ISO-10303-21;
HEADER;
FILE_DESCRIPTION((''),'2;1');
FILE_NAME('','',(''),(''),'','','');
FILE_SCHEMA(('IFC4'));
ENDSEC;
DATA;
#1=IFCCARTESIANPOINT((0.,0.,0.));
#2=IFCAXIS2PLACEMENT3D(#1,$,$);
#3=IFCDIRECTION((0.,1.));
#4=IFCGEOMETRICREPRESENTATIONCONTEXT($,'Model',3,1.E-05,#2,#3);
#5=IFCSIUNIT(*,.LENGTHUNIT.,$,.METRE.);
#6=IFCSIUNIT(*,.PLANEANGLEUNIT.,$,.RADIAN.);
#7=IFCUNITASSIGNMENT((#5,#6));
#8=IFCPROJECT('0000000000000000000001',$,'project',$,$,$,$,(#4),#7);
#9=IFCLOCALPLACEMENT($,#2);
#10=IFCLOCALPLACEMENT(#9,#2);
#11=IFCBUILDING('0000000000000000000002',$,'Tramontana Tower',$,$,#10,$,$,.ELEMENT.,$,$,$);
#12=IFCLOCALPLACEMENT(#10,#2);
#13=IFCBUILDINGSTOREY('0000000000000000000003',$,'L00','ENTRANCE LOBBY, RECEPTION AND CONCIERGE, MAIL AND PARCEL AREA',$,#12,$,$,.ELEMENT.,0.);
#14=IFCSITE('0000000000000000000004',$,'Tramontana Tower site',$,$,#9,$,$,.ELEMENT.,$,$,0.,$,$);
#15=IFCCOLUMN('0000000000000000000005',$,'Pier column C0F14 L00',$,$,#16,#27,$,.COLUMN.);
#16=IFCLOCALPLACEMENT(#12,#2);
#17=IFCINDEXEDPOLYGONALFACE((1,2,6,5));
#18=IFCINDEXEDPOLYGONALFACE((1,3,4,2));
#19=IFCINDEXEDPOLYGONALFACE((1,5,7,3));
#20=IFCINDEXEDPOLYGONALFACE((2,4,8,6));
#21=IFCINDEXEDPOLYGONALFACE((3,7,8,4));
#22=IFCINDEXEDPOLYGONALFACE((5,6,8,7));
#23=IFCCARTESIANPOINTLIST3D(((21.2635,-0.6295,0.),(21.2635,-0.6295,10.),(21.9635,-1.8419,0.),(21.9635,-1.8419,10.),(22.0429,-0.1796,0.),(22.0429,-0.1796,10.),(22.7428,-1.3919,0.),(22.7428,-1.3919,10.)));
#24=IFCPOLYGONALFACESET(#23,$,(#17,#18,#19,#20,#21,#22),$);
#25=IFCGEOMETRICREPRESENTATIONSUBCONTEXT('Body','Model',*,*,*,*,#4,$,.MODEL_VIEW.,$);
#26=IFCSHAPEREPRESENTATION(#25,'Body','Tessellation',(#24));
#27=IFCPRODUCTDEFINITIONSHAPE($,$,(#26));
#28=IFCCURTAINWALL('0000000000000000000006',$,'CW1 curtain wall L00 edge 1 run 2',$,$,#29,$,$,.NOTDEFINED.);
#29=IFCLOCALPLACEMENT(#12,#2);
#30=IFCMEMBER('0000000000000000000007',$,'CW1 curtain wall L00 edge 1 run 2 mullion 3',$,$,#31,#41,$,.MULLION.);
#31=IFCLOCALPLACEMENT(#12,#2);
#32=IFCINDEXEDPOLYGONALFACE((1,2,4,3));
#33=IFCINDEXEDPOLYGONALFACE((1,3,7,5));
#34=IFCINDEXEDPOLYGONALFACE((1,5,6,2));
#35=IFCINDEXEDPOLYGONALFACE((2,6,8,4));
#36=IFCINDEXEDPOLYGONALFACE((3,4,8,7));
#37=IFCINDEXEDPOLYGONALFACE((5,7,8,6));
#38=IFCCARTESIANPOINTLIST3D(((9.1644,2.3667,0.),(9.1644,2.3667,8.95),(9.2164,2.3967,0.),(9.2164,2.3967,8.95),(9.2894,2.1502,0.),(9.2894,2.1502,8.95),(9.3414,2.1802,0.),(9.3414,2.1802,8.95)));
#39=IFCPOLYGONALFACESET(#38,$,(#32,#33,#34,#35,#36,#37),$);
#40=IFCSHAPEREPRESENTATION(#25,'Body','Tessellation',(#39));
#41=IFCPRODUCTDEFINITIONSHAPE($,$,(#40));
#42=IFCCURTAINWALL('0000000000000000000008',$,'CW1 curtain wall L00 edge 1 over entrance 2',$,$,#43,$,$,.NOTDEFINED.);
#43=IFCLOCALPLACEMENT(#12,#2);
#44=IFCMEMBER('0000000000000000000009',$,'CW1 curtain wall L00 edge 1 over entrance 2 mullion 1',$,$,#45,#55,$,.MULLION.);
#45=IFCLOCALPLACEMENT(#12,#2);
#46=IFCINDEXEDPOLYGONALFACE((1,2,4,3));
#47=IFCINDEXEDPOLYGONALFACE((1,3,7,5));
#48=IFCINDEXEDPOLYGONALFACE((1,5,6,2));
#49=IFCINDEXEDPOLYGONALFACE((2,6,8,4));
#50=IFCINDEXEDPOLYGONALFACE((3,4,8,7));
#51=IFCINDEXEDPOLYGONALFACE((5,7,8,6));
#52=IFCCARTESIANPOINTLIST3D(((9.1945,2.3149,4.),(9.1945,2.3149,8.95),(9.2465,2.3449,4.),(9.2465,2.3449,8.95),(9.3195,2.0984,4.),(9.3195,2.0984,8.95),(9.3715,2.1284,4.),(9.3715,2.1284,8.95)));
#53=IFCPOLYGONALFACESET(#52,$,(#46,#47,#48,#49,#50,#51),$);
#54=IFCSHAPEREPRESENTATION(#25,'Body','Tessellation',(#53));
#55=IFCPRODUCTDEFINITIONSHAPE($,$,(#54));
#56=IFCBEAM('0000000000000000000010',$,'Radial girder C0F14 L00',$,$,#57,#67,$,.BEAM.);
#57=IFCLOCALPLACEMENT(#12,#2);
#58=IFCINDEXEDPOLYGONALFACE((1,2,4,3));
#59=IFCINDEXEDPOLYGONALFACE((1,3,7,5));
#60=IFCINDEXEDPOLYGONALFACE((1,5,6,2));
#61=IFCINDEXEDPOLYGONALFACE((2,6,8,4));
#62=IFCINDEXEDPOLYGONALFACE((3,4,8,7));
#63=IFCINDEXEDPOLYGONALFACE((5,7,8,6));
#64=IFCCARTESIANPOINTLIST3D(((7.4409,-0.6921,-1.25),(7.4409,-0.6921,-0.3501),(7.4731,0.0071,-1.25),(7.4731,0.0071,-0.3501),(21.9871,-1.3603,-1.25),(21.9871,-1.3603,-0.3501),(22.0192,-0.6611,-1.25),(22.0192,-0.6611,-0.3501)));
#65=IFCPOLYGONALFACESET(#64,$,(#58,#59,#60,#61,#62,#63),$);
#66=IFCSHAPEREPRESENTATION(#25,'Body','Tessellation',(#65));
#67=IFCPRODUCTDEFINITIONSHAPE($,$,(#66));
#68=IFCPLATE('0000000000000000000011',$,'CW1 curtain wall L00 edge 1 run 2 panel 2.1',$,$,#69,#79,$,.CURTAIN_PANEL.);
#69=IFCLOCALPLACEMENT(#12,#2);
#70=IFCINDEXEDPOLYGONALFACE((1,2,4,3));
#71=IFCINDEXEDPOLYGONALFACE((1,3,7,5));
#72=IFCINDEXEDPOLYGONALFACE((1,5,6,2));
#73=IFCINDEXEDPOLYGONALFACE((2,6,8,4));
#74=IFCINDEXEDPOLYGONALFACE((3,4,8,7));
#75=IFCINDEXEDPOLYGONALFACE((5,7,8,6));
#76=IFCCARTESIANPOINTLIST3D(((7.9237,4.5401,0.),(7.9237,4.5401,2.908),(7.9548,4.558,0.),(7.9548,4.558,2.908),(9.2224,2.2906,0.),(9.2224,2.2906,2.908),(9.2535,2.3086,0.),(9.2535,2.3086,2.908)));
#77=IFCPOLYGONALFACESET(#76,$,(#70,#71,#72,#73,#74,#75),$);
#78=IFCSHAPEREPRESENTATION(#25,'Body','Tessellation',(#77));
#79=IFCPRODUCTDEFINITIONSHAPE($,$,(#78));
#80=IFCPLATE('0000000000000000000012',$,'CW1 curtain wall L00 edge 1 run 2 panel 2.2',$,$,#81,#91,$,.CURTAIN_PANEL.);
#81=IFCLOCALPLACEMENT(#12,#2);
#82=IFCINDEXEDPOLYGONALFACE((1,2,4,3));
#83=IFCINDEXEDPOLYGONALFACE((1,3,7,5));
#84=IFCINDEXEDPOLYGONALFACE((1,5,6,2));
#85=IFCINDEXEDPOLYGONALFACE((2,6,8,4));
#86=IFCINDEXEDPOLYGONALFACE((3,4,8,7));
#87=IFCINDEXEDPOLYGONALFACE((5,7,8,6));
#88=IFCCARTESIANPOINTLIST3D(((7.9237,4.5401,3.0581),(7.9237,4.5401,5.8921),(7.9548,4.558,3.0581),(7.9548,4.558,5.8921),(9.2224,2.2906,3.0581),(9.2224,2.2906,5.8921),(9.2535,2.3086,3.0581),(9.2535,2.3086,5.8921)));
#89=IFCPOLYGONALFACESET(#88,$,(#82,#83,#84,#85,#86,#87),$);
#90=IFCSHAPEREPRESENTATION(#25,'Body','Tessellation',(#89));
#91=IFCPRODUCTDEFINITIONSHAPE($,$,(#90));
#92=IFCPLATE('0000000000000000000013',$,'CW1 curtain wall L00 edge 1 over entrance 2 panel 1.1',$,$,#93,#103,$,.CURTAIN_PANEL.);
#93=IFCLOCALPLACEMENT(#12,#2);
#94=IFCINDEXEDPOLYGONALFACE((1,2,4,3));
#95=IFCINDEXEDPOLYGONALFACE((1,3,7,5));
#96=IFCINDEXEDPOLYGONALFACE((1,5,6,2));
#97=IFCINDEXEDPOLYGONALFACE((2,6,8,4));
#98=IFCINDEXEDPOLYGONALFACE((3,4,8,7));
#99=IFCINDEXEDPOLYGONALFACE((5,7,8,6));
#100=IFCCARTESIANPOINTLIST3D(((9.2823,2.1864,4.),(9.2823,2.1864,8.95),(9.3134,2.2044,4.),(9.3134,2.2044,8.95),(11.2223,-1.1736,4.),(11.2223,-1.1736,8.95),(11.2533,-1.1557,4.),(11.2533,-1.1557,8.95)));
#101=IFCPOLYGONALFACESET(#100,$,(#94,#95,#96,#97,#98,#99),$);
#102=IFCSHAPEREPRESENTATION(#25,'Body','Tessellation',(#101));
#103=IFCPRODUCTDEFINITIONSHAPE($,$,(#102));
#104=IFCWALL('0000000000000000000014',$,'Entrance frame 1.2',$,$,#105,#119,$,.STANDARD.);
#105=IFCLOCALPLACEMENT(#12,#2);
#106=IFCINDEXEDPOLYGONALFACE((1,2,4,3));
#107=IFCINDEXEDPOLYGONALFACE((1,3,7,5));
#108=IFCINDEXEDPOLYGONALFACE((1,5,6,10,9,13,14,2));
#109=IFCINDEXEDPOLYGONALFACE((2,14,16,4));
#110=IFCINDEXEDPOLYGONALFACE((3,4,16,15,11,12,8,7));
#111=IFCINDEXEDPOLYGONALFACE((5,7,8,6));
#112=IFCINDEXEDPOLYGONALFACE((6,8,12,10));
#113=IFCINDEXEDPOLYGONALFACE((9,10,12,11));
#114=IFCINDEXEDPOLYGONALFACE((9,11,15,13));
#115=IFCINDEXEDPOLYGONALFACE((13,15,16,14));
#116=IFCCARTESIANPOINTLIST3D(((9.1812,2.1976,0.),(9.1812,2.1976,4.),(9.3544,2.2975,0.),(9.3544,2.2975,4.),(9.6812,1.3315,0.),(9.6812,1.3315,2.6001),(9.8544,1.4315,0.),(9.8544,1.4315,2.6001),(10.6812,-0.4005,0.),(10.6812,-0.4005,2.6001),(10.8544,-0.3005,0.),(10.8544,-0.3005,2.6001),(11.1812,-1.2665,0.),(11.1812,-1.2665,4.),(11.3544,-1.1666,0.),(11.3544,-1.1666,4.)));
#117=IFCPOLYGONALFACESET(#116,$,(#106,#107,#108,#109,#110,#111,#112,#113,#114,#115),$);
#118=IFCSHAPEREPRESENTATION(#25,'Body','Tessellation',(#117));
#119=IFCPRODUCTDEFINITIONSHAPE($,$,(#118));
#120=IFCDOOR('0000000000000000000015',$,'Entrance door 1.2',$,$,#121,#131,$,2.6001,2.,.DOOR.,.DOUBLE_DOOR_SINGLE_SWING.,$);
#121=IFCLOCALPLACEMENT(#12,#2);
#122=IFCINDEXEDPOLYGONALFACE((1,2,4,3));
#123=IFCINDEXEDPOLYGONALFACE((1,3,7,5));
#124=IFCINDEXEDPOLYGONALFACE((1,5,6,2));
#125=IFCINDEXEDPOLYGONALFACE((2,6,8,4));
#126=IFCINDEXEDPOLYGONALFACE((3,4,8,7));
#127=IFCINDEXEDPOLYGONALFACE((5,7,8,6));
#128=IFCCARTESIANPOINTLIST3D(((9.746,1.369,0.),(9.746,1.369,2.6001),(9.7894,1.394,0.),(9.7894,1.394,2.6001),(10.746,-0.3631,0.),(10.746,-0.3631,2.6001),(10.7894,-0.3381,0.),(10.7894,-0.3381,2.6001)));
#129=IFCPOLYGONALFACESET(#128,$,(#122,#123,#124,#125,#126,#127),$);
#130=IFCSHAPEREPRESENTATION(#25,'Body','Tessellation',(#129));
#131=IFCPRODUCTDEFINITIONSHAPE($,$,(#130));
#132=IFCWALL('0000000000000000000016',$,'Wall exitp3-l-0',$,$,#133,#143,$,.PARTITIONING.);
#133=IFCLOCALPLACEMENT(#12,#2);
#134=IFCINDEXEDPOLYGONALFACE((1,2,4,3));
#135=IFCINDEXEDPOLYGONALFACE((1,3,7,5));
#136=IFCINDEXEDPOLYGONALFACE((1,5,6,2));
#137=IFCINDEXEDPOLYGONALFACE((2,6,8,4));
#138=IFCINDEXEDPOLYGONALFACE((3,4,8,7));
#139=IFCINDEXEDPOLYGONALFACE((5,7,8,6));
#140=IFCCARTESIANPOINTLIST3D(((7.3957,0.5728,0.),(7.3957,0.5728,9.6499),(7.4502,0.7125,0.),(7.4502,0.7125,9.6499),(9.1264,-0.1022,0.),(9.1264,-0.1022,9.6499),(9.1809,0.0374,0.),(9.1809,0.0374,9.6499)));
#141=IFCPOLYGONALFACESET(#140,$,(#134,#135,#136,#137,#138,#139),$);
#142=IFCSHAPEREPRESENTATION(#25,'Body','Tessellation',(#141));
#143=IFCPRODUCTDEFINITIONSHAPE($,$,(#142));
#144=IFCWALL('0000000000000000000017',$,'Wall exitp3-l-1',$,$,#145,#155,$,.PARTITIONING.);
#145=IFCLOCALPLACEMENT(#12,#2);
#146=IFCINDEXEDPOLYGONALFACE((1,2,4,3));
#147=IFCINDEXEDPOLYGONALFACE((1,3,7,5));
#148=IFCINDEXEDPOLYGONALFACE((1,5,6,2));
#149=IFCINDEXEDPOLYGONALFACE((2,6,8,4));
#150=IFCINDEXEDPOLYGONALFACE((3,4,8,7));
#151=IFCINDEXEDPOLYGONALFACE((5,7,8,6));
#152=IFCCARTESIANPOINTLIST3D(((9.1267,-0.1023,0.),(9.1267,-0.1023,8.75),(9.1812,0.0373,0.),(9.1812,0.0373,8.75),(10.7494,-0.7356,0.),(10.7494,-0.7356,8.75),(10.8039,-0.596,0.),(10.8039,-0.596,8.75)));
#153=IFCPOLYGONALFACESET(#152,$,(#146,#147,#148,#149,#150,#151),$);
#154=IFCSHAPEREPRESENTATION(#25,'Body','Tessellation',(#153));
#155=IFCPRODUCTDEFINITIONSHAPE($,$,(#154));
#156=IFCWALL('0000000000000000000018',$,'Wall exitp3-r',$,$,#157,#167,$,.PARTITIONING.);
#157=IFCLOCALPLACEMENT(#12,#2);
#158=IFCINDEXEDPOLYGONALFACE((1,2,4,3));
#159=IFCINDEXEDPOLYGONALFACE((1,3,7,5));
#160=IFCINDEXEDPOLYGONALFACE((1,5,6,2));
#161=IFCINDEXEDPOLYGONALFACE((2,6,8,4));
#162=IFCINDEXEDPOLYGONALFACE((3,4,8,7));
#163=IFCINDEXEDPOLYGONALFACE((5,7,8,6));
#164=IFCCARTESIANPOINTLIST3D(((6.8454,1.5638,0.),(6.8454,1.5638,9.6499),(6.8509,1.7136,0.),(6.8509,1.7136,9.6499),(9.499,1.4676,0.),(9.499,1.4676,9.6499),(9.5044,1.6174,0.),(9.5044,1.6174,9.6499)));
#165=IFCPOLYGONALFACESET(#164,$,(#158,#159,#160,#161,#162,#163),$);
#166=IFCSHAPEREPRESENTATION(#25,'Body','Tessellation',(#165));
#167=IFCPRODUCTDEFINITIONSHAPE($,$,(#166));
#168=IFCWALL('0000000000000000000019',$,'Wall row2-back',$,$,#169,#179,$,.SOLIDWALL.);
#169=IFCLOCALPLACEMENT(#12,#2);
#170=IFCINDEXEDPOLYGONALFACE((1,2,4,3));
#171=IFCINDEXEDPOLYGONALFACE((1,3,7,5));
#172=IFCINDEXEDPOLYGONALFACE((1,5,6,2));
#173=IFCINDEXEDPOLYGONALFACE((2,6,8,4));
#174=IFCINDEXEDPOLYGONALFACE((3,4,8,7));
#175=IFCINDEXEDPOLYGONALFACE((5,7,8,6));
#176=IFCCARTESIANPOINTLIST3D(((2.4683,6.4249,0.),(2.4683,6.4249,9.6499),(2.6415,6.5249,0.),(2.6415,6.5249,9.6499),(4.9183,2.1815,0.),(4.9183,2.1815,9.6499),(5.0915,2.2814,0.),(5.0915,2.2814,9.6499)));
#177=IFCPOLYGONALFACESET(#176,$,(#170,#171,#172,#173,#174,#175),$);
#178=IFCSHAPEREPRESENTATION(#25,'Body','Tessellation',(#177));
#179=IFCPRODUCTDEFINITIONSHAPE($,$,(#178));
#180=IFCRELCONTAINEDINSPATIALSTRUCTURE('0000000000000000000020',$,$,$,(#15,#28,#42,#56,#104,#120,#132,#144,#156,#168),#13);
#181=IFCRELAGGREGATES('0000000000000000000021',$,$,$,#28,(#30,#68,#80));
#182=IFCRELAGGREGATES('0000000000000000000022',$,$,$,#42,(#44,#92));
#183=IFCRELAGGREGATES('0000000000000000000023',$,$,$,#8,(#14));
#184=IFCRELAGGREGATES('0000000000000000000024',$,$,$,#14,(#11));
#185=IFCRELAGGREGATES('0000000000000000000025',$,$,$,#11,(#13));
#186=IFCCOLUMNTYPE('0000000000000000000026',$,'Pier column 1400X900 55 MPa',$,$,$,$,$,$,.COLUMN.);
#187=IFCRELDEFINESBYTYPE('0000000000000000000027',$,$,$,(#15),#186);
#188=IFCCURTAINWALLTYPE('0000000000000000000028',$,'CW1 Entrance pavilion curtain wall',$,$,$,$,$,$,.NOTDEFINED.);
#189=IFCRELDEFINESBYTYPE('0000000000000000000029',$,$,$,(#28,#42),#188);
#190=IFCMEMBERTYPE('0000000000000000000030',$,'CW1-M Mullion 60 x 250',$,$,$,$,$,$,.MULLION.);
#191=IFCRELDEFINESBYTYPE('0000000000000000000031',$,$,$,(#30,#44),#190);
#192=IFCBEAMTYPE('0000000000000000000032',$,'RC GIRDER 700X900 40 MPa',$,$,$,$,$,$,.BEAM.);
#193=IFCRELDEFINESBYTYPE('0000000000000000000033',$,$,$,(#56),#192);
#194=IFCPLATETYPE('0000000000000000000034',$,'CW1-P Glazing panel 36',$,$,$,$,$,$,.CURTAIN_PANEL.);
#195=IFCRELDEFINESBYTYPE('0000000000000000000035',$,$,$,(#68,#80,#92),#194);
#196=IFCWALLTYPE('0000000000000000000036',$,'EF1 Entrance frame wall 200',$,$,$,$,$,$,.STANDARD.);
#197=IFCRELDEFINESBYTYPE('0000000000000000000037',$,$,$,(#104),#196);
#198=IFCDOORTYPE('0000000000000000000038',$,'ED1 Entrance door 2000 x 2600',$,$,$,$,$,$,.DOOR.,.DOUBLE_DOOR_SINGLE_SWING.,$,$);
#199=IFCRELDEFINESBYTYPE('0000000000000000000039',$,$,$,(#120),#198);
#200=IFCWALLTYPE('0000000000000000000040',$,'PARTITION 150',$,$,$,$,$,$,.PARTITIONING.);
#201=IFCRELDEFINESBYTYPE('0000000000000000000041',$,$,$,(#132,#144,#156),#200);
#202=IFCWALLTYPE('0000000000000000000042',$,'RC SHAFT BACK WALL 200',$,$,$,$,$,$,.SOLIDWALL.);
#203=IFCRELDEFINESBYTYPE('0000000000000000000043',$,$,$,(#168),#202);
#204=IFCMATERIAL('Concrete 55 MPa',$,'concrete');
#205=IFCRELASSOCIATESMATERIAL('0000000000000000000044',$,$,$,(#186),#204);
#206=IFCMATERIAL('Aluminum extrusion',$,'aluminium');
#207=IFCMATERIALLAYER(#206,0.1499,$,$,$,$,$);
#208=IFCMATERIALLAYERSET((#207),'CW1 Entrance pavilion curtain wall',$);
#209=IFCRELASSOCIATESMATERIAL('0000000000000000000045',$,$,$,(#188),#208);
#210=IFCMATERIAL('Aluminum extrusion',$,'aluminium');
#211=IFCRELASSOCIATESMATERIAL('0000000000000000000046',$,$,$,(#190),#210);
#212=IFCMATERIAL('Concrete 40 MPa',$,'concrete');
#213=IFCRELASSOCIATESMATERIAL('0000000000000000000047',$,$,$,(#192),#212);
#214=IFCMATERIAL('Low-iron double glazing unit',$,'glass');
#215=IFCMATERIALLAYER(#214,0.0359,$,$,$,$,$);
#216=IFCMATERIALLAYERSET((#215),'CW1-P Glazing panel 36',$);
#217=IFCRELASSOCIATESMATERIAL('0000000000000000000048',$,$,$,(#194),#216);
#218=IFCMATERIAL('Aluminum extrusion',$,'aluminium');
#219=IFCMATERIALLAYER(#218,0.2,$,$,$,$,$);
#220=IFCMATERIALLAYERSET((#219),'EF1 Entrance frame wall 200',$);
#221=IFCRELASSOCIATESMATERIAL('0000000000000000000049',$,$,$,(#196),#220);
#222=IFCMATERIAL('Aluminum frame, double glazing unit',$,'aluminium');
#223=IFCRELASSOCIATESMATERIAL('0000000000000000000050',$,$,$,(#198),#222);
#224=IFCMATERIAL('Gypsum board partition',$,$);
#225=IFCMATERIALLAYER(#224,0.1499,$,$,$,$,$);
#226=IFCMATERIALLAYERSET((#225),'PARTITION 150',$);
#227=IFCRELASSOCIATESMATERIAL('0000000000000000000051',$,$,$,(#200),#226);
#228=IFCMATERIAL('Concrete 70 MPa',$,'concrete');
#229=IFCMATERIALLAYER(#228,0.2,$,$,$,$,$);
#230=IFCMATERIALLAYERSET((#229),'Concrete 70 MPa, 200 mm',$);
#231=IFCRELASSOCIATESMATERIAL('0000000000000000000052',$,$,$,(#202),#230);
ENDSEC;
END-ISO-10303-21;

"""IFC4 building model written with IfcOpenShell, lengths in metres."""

from ifc_helpers import new_model, si_unit, direction, frame, frame_2d, origin, origin_2d, place, context, subcontext, project, spatial, rectangle, extrude, material, layer, layer_set, material_profile, profile_set, type_object, element, fill, aggregate, save


model = new_model("IFC4")

# Units and contexts
model_context = context("Model", 3, precision=1e-05, world=origin(), true_north=direction((0.0, 1.0)))
body_context = subcontext(model_context, "Body", "Model", "MODEL_VIEW")
ifc_project = project(units=[si_unit("LENGTHUNIT", "METRE"), si_unit("PLANEANGLEUNIT", "RADIAN")], contexts=[model_context])

# Site, building, storey
site_placement = place(None, origin())
site = spatial("IfcSite", under=ifc_project, at=site_placement, Name="Tramontana Tower site", CompositionType="ELEMENT", RefElevation=0.0)
building_placement = place(site_placement, origin())
building = spatial("IfcBuilding", under=site, at=building_placement, Name="Tramontana Tower", CompositionType="ELEMENT")
storey_placement = place(building_placement, origin())
storey = spatial("IfcBuildingStorey", under=building, at=storey_placement, Name="L00", Description="ENTRANCE LOBBY, RECEPTION AND CONCIERGE, MAIL AND PARCEL AREA", CompositionType="ELEMENT", Elevation=0.0)

# Column
ifc_material_1 = material(Name="Concrete 55 MPa", Category="concrete")
ifc_material_profile_1 = material_profile(ifc_material_1, rectangle(XDim=1.3999, YDim=0.8999, at=origin_2d()), Name="Pier column 1400X900 55 MPa")
ifc_profile_set_1 = profile_set([ifc_material_profile_1], Name="Concrete 55 MPa")
column_type = type_object("IfcColumnType", Name="Pier column 1400X900 55 MPa", PredefinedType="COLUMN", material=ifc_profile_set_1)
column_placement = place(storey_placement, frame((22.0032, -1.0107, 0.0), z_axis=(0.0, 0.0, 1.0), x_axis=(-0.5, 0.866025, 0.0)))
element("IfcColumn", 1, at=column_placement, inside=storey, type_object=column_type, Name="Pier column C0F14 L00", PredefinedType="COLUMN", context=body_context, shape_type="SweptSolid", body=[
    extrude(rectangle(XDim=1.3999, YDim=0.8999, at=origin_2d()), origin(), (0.0, 0.0, 1.0), 10.0),
])

# Curtain walls, members
ifc_material_2 = material(Name="Aluminum extrusion", Category="aluminium")
ifc_layer_1 = layer(ifc_material_2, 0.1499)
ifc_layer_set_1 = layer_set([ifc_layer_1], Name="CW1 Entrance pavilion curtain wall")
curtain_wall_type = type_object("IfcCurtainWallType", Name="CW1 Entrance pavilion curtain wall", PredefinedType="NOTDEFINED", material=ifc_layer_set_1)
curtain_wall_1_placement = place(storey_placement, origin())
curtain_wall_1 = element("IfcCurtainWall", 2, at=curtain_wall_1_placement, inside=storey, type_object=curtain_wall_type, Name="CW1 curtain wall L00 edge 1 run 2", PredefinedType="NOTDEFINED")
ifc_material_3 = material(Name="Aluminum extrusion", Category="aluminium")
ifc_material_profile_2 = material_profile(ifc_material_3, rectangle(XDim=0.0601, YDim=0.25, at=origin_2d()), Name="CW1-M Mullion 60 x 250")
ifc_profile_set_2 = profile_set([ifc_material_profile_2], Name="Aluminum extrusion")
member_type = type_object("IfcMemberType", Name="CW1-M Mullion 60 x 250", PredefinedType="MULLION", material=ifc_profile_set_2)
member_1_placement = place(storey_placement, frame((9.2529, 2.2734, 0.0), z_axis=(0.0, 0.0, 1.0), x_axis=(0.866025, 0.5, 0.0)))
member_1 = element("IfcMember", 3, at=member_1_placement, type_object=member_type, Name="CW1 curtain wall L00 edge 1 run 2 mullion 3", PredefinedType="MULLION", context=body_context, shape_type="SweptSolid", body=[
    extrude(rectangle(XDim=0.0601, YDim=0.25, at=origin_2d()), origin(), (0.0, 0.0, 1.0), 8.95),
])
curtain_wall_2_placement = place(storey_placement, origin())
curtain_wall_2 = element("IfcCurtainWall", 4, at=curtain_wall_2_placement, inside=storey, type_object=curtain_wall_type, Name="CW1 curtain wall L00 edge 1 over entrance 2", PredefinedType="NOTDEFINED")
member_2_placement = place(storey_placement, frame((9.283, 2.2217, 4.0), z_axis=(0.0, 0.0, 1.0), x_axis=(0.866025, 0.5, 0.0)))
member_2 = element("IfcMember", 5, at=member_2_placement, type_object=member_type, Name="CW1 curtain wall L00 edge 1 over entrance 2 mullion 1", PredefinedType="MULLION", context=body_context, shape_type="SweptSolid", body=[
    extrude(rectangle(XDim=0.0601, YDim=0.25, at=origin_2d()), origin(), (0.0, 0.0, 1.0), 4.95),
])

# Beam
ifc_material_4 = material(Name="Concrete 40 MPa", Category="concrete")
ifc_material_profile_3 = material_profile(ifc_material_4, rectangle(XDim=0.7, YDim=0.8999, at=origin_2d()), Name="RC GIRDER 700X900 40 MPa")
ifc_profile_set_3 = profile_set([ifc_material_profile_3], Name="Concrete 40 MPa")
beam_type = type_object("IfcBeamType", Name="RC GIRDER 700X900 40 MPa", PredefinedType="BEAM", material=ifc_profile_set_3)
beam_placement = place(storey_placement, frame((22.0032, -1.0107, -0.8), z_axis=(-0.998947, 0.045889, 0.0), x_axis=(-0.045889, -0.998947, 0.0)))
element("IfcBeam", 6, at=beam_placement, inside=storey, type_object=beam_type, Name="Radial girder C0F14 L00", PredefinedType="BEAM", context=body_context, shape_type="SweptSolid", body=[
    extrude(rectangle(XDim=0.7, YDim=0.8999, at=origin_2d()), origin(), (0.0, 0.0, 1.0), 14.5615),
])

# Plates
ifc_material_5 = material(Name="Low-iron double glazing unit", Category="glass")
ifc_layer_2 = layer(ifc_material_5, 0.0359)
ifc_layer_set_2 = layer_set([ifc_layer_2], Name="CW1-P Glazing panel 36")
plate_type = type_object("IfcPlateType", Name="CW1-P Glazing panel 36", PredefinedType="CURTAIN_PANEL", material=ifc_layer_set_2)
plate_1_placement = place(storey_placement, frame((8.5886, 3.4243, 0.0), z_axis=(0.0, 0.0, 1.0), x_axis=(0.5, -0.866025, 0.0)))
plate_1 = element("IfcPlate", 7, at=plate_1_placement, type_object=plate_type, Name="CW1 curtain wall L00 edge 1 run 2 panel 2.1", PredefinedType="CURTAIN_PANEL", context=body_context, shape_type="SweptSolid", body=[
    extrude(rectangle(XDim=2.5974, YDim=0.0359, at=origin_2d()), origin(), (0.0, 0.0, 1.0), 2.908),
])
plate_2_placement = place(storey_placement, frame((8.5886, 3.4243, 3.0581), z_axis=(0.0, 0.0, 1.0), x_axis=(0.5, -0.866025, 0.0)))
plate_2 = element("IfcPlate", 8, at=plate_2_placement, type_object=plate_type, Name="CW1 curtain wall L00 edge 1 run 2 panel 2.2", PredefinedType="CURTAIN_PANEL", context=body_context, shape_type="SweptSolid", body=[
    extrude(rectangle(XDim=2.5974, YDim=0.0359, at=origin_2d()), origin(), (0.0, 0.0, 1.0), 2.834),
])
aggregate(curtain_wall_1, [member_1, plate_1, plate_2])
plate_3_placement = place(storey_placement, frame((10.2678, 0.5154, 4.0), z_axis=(0.0, 0.0, 1.0), x_axis=(0.5, -0.866025, 0.0)))
plate_3 = element("IfcPlate", 9, at=plate_3_placement, type_object=plate_type, Name="CW1 curtain wall L00 edge 1 over entrance 2 panel 1.1", PredefinedType="CURTAIN_PANEL", context=body_context, shape_type="SweptSolid", body=[
    extrude(rectangle(XDim=3.8799, YDim=0.0359, at=origin_2d()), origin(), (0.0, 0.0, 1.0), 4.95),
])
aggregate(curtain_wall_2, [member_2, plate_3])

# Wall, opening, door
ifc_material_6 = material(Name="Aluminum extrusion", Category="aluminium")
ifc_layer_3 = layer(ifc_material_6, 0.2)
ifc_layer_set_3 = layer_set([ifc_layer_3], Name="EF1 Entrance frame wall 200")
wall_type_1 = type_object("IfcWallType", Name="EF1 Entrance frame wall 200", PredefinedType="STANDARD", material=ifc_layer_set_3)
wall_1_placement = place(storey_placement, frame((9.2678, 2.2476, 0.0), z_axis=(0.0, 0.0, 1.0), x_axis=(0.499999, -0.866026, 0.0)))
wall_1 = element("IfcWall", 10, at=wall_1_placement, inside=storey, type_object=wall_type_1, Name="Entrance frame 1.2", PredefinedType="STANDARD", context=body_context, shape_type="SweptSolid", body=[
    extrude(rectangle(XDim=4.0, YDim=0.2, at=frame_2d((2.0, 0.0))), origin(), (0.0, 0.0, 1.0), 4.0),
])
opening_1_placement = place(wall_1_placement, frame((1.0, 0.0, 0.0)))
opening_1 = element("IfcOpeningElement", 11, at=opening_1_placement, cuts=wall_1, PredefinedType="OPENING", context=body_context, shape_type="SweptSolid", body=[
    extrude(rectangle(XDim=2.0, YDim=2.6001, at=frame_2d((1.0, 1.3))), frame((0.0, 0.1099, 0.0), z_axis=(0.0, -1.0, 0.0), x_axis=(1.0, 0.0, 0.0)), (0.0, 0.0, 1.0), 0.22),
])
ifc_material_7 = material(Name="Aluminum frame, double glazing unit", Category="aluminium")
door_type_1 = type_object("IfcDoorType", Name="ED1 Entrance door 2000 x 2600", OperationType="DOUBLE_DOOR_SINGLE_SWING", PredefinedType="DOOR", material=ifc_material_7)
door_1_placement = place(opening_1_placement, origin())
door_1 = element("IfcDoor", 12, at=door_1_placement, inside=storey, type_object=door_type_1, Name="Entrance door 1.2", OperationType="DOUBLE_DOOR_SINGLE_SWING", OverallHeight=2.6001, OverallWidth=2.0, PredefinedType="DOOR", context=body_context, shape_type="SweptSolid", body=[
    extrude(rectangle(XDim=2.0, YDim=2.6001, at=frame_2d((1.0, 1.3))), frame((0.0, 0.0249, 0.0), z_axis=(0.0, -1.0, 0.0), x_axis=(1.0, 0.0, 0.0)), (0.0, 0.0, 1.0), 0.05),
])
fill(opening_1, door_1)

# Walls
ifc_material_8 = material(Name="Gypsum board partition")
ifc_layer_4 = layer(ifc_material_8, 0.1499)
ifc_layer_set_4 = layer_set([ifc_layer_4], Name="PARTITION 150")
wall_type_2 = type_object("IfcWallType", Name="PARTITION 150", PredefinedType="PARTITIONING", material=ifc_layer_set_4)
wall_2_placement = place(storey_placement, frame((7.4231, 0.6426, 0.0), z_axis=(0.0, 0.0, 1.0), x_axis=(0.931642, -0.363378, 0.0)))
element("IfcWall", 13, at=wall_2_placement, inside=storey, type_object=wall_type_2, Name="Wall exitp3-l-0", PredefinedType="PARTITIONING", context=body_context, shape_type="SweptSolid", body=[
    extrude(rectangle(XDim=1.8577, YDim=0.1499, at=frame_2d((0.9287, 0.0))), origin(), (0.0, 0.0, 1.0), 9.6499),
])
wall_3_placement = place(storey_placement, frame((9.1538, -0.0325, 0.0), z_axis=(0.0, 0.0, 1.0), x_axis=(0.931575, -0.363548, 0.0)))
element("IfcWall", 14, at=wall_3_placement, inside=storey, type_object=wall_type_2, Name="Wall exitp3-l-1", PredefinedType="PARTITIONING", context=body_context, shape_type="SweptSolid", body=[
    extrude(rectangle(XDim=1.7419, YDim=0.1499, at=frame_2d((0.8711, 0.0))), origin(), (0.0, 0.0, 1.0), 8.75),
])
wall_4_placement = place(storey_placement, frame((6.8481, 1.6387, 0.0), z_axis=(0.0, 0.0, 1.0), x_axis=(0.999344, -0.036226, 0.0)))
element("IfcWall", 15, at=wall_4_placement, inside=storey, type_object=wall_type_2, Name="Wall exitp3-r", PredefinedType="PARTITIONING", context=body_context, shape_type="SweptSolid", body=[
    extrude(rectangle(XDim=2.6553, YDim=0.1499, at=frame_2d((1.3276, 0.0))), origin(), (0.0, 0.0, 1.0), 9.6499),
])
ifc_material_9 = material(Name="Concrete 70 MPa", Category="concrete")
ifc_layer_5 = layer(ifc_material_9, 0.2)
ifc_layer_set_5 = layer_set([ifc_layer_5], Name="Concrete 70 MPa, 200 mm")
wall_type_3 = type_object("IfcWallType", Name="RC SHAFT BACK WALL 200", PredefinedType="SOLIDWALL", material=ifc_layer_set_5)
wall_5_placement = place(storey_placement, frame((5.0049, 2.2314, 0.0), z_axis=(0.0, 0.0, 1.0), x_axis=(-0.500003, 0.866024, 0.0)))
element("IfcWall", 16, at=wall_5_placement, inside=storey, type_object=wall_type_3, Name="Wall row2-back", PredefinedType="SOLIDWALL", context=body_context, shape_type="SweptSolid", body=[
    extrude(rectangle(XDim=4.8999, YDim=0.2, at=frame_2d((2.45, 0.0))), origin(), (0.0, 0.0, 1.0), 9.6499),
])

save(model, "model.ifc")
